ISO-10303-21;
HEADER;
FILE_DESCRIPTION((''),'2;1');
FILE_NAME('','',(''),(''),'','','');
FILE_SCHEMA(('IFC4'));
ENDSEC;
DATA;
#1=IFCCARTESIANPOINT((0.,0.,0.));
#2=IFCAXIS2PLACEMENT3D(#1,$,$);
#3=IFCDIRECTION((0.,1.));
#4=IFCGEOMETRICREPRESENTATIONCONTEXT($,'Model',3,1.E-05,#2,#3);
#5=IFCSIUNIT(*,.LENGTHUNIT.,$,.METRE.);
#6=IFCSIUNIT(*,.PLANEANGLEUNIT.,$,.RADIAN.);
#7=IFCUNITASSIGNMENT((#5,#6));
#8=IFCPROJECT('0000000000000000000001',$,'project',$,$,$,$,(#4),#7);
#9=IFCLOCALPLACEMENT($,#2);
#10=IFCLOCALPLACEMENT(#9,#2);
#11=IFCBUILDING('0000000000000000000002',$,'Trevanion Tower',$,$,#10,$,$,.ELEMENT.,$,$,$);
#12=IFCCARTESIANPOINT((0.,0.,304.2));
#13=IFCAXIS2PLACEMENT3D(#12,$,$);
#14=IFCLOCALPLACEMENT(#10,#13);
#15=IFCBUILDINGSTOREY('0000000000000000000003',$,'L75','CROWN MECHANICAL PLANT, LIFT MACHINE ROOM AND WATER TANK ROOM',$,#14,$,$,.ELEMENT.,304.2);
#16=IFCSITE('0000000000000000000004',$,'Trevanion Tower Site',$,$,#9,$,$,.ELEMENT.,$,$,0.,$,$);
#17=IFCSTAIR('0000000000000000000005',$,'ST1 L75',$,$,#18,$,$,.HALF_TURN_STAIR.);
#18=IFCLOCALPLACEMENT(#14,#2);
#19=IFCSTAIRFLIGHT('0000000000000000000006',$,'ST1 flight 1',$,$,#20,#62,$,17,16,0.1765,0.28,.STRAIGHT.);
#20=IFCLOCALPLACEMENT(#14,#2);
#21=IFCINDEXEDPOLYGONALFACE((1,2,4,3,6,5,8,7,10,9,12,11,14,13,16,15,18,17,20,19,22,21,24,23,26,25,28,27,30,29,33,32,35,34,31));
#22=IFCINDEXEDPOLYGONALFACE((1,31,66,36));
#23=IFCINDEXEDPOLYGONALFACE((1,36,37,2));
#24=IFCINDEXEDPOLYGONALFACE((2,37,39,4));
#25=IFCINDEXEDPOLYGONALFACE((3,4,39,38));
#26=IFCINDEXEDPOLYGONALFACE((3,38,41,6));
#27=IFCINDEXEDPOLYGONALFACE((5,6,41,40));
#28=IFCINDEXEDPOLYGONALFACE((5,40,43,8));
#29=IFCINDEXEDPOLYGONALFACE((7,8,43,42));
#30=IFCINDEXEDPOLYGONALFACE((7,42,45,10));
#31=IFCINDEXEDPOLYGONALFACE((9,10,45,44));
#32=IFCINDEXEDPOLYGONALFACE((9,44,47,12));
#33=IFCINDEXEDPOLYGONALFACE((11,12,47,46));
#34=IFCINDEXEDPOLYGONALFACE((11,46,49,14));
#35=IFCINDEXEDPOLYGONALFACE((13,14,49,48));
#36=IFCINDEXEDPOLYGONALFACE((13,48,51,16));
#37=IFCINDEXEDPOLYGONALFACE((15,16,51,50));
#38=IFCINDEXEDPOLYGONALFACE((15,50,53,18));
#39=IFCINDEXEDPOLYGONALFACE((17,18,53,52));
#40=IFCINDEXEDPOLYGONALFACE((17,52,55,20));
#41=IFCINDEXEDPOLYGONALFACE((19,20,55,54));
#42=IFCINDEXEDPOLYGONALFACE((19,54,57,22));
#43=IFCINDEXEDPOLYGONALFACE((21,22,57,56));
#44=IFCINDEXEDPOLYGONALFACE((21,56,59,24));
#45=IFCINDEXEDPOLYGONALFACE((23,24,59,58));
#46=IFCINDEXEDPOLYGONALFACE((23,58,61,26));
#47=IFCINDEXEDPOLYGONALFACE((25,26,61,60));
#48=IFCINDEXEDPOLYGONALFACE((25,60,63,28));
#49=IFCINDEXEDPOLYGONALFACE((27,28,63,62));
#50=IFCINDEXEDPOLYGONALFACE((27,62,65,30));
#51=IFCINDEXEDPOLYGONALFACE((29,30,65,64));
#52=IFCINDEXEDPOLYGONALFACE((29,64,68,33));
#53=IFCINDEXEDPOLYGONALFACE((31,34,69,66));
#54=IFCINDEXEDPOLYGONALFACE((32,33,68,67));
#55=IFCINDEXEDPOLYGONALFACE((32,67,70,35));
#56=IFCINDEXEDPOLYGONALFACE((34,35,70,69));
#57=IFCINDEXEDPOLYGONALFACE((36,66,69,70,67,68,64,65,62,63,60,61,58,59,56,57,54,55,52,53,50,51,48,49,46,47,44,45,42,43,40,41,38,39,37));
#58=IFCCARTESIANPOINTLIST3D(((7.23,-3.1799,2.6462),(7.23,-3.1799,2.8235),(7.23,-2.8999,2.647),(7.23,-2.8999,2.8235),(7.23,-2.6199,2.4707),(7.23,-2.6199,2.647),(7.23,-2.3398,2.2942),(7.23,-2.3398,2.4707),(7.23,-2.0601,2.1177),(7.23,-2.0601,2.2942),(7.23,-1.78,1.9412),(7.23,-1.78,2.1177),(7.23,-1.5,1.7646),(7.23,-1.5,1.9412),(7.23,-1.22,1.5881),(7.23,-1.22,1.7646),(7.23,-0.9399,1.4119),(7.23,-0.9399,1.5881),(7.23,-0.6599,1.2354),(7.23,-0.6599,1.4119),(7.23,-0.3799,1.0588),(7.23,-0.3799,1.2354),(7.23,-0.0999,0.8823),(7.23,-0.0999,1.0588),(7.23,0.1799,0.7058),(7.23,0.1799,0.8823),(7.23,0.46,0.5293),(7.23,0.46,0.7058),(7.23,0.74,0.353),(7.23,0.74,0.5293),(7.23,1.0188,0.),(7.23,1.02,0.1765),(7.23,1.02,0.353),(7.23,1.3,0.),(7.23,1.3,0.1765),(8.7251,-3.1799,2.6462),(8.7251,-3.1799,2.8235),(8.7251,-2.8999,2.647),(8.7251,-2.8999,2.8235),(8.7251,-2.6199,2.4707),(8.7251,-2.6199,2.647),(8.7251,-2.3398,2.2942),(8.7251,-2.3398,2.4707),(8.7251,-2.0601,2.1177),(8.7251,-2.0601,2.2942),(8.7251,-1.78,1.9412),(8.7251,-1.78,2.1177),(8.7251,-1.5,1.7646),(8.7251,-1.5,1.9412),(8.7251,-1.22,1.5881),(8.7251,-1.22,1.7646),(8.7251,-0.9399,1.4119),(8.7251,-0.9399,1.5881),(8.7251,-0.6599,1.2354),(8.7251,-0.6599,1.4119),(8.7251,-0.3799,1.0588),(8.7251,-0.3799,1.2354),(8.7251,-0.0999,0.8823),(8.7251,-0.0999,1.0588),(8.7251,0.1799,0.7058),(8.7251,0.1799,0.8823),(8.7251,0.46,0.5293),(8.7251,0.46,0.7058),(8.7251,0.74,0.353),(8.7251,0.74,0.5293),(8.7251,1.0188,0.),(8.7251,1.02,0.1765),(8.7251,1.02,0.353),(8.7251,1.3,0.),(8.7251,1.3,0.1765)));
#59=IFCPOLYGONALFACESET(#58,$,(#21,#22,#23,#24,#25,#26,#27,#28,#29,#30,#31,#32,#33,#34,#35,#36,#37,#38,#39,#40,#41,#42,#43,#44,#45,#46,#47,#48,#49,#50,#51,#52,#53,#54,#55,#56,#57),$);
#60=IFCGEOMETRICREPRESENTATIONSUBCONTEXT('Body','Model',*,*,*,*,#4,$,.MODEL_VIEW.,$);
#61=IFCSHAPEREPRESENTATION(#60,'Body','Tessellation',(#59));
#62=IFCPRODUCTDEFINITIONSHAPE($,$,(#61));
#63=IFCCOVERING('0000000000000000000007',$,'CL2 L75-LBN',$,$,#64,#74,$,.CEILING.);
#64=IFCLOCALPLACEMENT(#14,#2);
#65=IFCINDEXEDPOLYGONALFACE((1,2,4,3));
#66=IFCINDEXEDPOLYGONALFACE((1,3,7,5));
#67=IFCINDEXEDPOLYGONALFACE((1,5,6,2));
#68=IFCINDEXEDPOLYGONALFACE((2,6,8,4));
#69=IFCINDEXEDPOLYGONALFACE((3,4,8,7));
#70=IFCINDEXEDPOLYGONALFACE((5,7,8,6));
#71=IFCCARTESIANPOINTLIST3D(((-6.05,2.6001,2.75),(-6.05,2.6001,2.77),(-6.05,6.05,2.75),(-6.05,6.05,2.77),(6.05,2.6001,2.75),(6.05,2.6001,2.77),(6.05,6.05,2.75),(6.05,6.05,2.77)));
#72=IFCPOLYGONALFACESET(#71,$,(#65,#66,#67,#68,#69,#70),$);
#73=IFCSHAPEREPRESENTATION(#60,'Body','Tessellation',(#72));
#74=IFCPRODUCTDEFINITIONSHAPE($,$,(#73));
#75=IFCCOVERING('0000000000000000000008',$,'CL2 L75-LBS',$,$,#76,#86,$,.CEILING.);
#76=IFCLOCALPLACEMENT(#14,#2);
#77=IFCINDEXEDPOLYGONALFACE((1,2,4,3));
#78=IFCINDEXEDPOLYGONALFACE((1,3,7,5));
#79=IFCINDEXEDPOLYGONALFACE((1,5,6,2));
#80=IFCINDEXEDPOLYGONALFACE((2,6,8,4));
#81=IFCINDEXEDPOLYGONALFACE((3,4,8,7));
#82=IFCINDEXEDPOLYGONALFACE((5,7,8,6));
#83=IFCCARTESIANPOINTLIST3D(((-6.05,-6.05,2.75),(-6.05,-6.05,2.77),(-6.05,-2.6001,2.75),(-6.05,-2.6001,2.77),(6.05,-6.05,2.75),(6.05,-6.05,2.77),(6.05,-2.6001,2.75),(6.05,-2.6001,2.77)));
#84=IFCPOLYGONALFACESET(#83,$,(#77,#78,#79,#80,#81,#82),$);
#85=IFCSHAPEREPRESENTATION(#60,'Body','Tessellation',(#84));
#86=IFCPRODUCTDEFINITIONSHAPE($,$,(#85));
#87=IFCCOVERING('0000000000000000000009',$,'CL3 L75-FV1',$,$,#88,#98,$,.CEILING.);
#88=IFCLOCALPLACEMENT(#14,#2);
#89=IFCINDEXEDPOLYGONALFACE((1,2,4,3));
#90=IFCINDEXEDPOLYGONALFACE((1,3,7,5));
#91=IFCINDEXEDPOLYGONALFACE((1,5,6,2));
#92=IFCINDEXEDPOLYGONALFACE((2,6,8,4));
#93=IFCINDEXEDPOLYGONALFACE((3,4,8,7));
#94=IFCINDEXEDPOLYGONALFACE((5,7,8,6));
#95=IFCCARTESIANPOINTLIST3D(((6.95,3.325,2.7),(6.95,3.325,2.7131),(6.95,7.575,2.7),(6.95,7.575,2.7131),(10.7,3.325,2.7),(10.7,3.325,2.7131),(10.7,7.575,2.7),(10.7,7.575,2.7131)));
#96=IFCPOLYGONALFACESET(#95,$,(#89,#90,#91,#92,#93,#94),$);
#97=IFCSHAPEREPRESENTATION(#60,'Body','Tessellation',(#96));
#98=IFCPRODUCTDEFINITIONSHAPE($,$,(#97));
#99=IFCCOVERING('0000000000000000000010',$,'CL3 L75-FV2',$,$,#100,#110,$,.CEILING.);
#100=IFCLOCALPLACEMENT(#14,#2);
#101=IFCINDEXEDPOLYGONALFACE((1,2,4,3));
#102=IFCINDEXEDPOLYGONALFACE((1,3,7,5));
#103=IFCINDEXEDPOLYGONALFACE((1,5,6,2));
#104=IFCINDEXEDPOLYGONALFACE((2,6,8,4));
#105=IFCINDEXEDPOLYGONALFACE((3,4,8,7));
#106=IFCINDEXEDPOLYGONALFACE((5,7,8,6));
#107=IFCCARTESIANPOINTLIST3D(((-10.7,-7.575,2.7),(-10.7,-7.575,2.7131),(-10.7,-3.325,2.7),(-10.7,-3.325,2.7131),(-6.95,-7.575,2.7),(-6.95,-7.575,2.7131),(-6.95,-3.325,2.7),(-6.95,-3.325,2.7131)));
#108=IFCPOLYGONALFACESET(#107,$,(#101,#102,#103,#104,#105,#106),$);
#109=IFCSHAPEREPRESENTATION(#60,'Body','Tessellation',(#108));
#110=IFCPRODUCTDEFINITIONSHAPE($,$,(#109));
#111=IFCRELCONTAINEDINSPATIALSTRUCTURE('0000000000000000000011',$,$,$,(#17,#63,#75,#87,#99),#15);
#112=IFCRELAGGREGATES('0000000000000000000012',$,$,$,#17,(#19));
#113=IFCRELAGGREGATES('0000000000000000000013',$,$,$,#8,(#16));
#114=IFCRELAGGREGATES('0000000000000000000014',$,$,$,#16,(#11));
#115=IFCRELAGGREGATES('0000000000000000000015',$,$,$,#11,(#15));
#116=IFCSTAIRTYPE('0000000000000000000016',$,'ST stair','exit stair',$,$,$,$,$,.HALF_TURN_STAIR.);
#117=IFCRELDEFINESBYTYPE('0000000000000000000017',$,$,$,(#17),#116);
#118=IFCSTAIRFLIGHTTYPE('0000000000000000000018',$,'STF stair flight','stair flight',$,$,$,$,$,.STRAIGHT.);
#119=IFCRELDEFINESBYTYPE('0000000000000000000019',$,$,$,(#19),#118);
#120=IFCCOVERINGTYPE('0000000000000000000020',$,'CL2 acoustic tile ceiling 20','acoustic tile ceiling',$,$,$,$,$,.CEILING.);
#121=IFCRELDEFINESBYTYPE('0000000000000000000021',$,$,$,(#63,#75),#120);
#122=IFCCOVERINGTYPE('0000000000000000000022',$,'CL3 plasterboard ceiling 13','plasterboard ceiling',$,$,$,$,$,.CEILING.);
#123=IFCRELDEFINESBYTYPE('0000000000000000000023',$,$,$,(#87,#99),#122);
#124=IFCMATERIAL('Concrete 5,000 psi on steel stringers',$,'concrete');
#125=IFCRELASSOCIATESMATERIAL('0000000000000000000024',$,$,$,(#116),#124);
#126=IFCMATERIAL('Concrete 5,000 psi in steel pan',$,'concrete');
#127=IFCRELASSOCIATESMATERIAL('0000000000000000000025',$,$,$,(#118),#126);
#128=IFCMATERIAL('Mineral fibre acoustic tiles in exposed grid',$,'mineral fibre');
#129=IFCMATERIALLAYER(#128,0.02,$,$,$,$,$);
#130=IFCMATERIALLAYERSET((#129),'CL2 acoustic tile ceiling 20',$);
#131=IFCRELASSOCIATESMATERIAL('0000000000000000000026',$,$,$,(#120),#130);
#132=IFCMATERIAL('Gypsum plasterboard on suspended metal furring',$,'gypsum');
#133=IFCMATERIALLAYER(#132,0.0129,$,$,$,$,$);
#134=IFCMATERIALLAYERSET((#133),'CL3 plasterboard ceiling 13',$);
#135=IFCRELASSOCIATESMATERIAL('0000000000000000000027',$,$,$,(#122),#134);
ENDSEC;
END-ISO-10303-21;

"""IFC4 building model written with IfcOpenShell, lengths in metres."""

from ifc_helpers import new_model, si_unit, direction, frame, origin, place, context, subcontext, project, spatial, polyline, outline, extrude, material, layer, layer_set, type_object, element, aggregate, save


model = new_model("IFC4")

# Units and contexts
model_context = context("Model", 3, precision=1e-05, world=origin(), true_north=direction((0.0, 1.0)))
body_context = subcontext(model_context, "Body", "Model", "MODEL_VIEW")
ifc_project = project(units=[si_unit("LENGTHUNIT", "METRE"), si_unit("PLANEANGLEUNIT", "RADIAN")], contexts=[model_context])

# Site, building, storey
site_placement = place(None, origin())
site = spatial("IfcSite", under=ifc_project, at=site_placement, Name="Trevanion Tower Site", CompositionType="ELEMENT", RefElevation=0.0)
building_placement = place(site_placement, origin())
building = spatial("IfcBuilding", under=site, at=building_placement, Name="Trevanion Tower", CompositionType="ELEMENT")
storey_placement = place(building_placement, frame((0.0, 0.0, 304.2)))
storey = spatial("IfcBuildingStorey", under=building, at=storey_placement, Name="L75", Description="CROWN MECHANICAL PLANT, LIFT MACHINE ROOM AND WATER TANK ROOM", CompositionType="ELEMENT", Elevation=304.2)

# Stair
ifc_material_1 = material(Name="Concrete 5,000 psi on steel stringers", Category="concrete")
stair_type = type_object("IfcStairType", Name="ST stair", Description="exit stair", PredefinedType="HALF_TURN_STAIR", material=ifc_material_1)
stair_1_placement = place(storey_placement, origin())
stair_1 = element("IfcStair", 1, at=stair_1_placement, inside=storey, type_object=stair_type, Name="ST1 L75", PredefinedType="HALF_TURN_STAIR")

# Stair flight
ifc_material_2 = material(Name="Concrete 5,000 psi in steel pan", Category="concrete")
stair_flight_type = type_object("IfcStairFlightType", Name="STF stair flight", Description="stair flight", PredefinedType="STRAIGHT", material=ifc_material_2)
stair_flight_placement = place(storey_placement, frame((7.9775, 1.3, 0.0), z_axis=(0.0, 0.0, 1.0), x_axis=(0.0, -1.0, 0.0)))
stair_flight = element("IfcStairFlight", 2, at=stair_flight_placement, type_object=stair_flight_type, Name="ST1 flight 1", NumberOfRisers=17, NumberOfTreads=16, PredefinedType="STRAIGHT", RiserHeight=0.1765, TreadLength=0.28, context=body_context, shape_type="SweptSolid", body=[
    extrude(outline(polyline([(0.0, 0.0), (0.0, 0.1765), (0.28, 0.1765), (0.28, 0.353), (0.5601, 0.353), (0.5601, 0.5293), (0.8401, 0.5293), (0.8401, 0.7058), (1.1201, 0.7058), (1.1201, 0.8823), (1.3999, 0.8823), (1.3999, 1.0588), (1.6799, 1.0588), (1.6799, 1.2354), (1.96, 1.2354), (1.96, 1.4119), (2.24, 1.4119), (2.24, 1.5881), (2.52, 1.5881), (2.52, 1.7646), (2.8, 1.7646), (2.8, 1.9412), (3.0801, 1.9412), (3.0801, 2.1177), (3.3601, 2.1177), (3.3601, 2.2942), (3.6399, 2.2942), (3.6399, 2.4707), (3.9199, 2.4707), (3.9199, 2.647), (4.2, 2.647), (4.2, 2.8235), (4.48, 2.8235), (4.48, 3.0), (4.48, 2.6462), (0.2812, 0.0), (0.0, 0.0)])), frame((0.0, 0.7476, 0.0), z_axis=(0.0, -1.0, 0.0), x_axis=(1.0, 0.0, 0.0)), (0.0, 0.0, 1.0), 1.4951),
])
aggregate(stair_1, [stair_flight])

# Coverings
ifc_material_3 = material(Name="Mineral fibre acoustic tiles in exposed grid", Category="mineral fibre")
ifc_layer_1 = layer(ifc_material_3, 0.02)
ifc_layer_set_1 = layer_set([ifc_layer_1], Name="CL2 acoustic tile ceiling 20")
covering_type_1 = type_object("IfcCoveringType", Name="CL2 acoustic tile ceiling 20", Description="acoustic tile ceiling", PredefinedType="CEILING", material=ifc_layer_set_1)
covering_1_placement = place(storey_placement, frame((0.0, 0.0, 2.75)))
element("IfcCovering", 3, at=covering_1_placement, inside=storey, type_object=covering_type_1, Name="CL2 L75-LBN", PredefinedType="CEILING", context=body_context, shape_type="SweptSolid", body=[
    extrude(outline(polyline([(6.05, 2.6001), (6.05, 6.05), (-6.05, 6.05), (-6.05, 2.6001), (6.05, 2.6001)])), origin(), (0.0, 0.0, 1.0), 0.02),
])
covering_2_placement = place(storey_placement, frame((0.0, 0.0, 2.75)))
element("IfcCovering", 4, at=covering_2_placement, inside=storey, type_object=covering_type_1, Name="CL2 L75-LBS", PredefinedType="CEILING", context=body_context, shape_type="SweptSolid", body=[
    extrude(outline(polyline([(6.05, -6.05), (6.05, -2.6001), (-6.05, -2.6001), (-6.05, -6.05), (6.05, -6.05)])), origin(), (0.0, 0.0, 1.0), 0.02),
])
ifc_material_4 = material(Name="Gypsum plasterboard on suspended metal furring", Category="gypsum")
ifc_layer_2 = layer(ifc_material_4, 0.0129)
ifc_layer_set_2 = layer_set([ifc_layer_2], Name="CL3 plasterboard ceiling 13")
covering_type_2 = type_object("IfcCoveringType", Name="CL3 plasterboard ceiling 13", Description="plasterboard ceiling", PredefinedType="CEILING", material=ifc_layer_set_2)
covering_3_placement = place(storey_placement, frame((0.0, 0.0, 2.7)))
element("IfcCovering", 5, at=covering_3_placement, inside=storey, type_object=covering_type_2, Name="CL3 L75-FV1", PredefinedType="CEILING", context=body_context, shape_type="SweptSolid", body=[
    extrude(outline(polyline([(10.7, 3.325), (10.7, 7.575), (6.95, 7.575), (6.95, 3.325), (10.7, 3.325)])), origin(), (0.0, 0.0, 1.0), 0.0132),
])
covering_4_placement = place(storey_placement, frame((0.0, 0.0, 2.7)))
element("IfcCovering", 6, at=covering_4_placement, inside=storey, type_object=covering_type_2, Name="CL3 L75-FV2", PredefinedType="CEILING", context=body_context, shape_type="SweptSolid", body=[
    extrude(outline(polyline([(-10.7, -3.325), (-10.7, -7.575), (-6.95, -7.575), (-6.95, -3.325), (-10.7, -3.325)])), origin(), (0.0, 0.0, 1.0), 0.0132),
])

save(model, "model.ifc")
